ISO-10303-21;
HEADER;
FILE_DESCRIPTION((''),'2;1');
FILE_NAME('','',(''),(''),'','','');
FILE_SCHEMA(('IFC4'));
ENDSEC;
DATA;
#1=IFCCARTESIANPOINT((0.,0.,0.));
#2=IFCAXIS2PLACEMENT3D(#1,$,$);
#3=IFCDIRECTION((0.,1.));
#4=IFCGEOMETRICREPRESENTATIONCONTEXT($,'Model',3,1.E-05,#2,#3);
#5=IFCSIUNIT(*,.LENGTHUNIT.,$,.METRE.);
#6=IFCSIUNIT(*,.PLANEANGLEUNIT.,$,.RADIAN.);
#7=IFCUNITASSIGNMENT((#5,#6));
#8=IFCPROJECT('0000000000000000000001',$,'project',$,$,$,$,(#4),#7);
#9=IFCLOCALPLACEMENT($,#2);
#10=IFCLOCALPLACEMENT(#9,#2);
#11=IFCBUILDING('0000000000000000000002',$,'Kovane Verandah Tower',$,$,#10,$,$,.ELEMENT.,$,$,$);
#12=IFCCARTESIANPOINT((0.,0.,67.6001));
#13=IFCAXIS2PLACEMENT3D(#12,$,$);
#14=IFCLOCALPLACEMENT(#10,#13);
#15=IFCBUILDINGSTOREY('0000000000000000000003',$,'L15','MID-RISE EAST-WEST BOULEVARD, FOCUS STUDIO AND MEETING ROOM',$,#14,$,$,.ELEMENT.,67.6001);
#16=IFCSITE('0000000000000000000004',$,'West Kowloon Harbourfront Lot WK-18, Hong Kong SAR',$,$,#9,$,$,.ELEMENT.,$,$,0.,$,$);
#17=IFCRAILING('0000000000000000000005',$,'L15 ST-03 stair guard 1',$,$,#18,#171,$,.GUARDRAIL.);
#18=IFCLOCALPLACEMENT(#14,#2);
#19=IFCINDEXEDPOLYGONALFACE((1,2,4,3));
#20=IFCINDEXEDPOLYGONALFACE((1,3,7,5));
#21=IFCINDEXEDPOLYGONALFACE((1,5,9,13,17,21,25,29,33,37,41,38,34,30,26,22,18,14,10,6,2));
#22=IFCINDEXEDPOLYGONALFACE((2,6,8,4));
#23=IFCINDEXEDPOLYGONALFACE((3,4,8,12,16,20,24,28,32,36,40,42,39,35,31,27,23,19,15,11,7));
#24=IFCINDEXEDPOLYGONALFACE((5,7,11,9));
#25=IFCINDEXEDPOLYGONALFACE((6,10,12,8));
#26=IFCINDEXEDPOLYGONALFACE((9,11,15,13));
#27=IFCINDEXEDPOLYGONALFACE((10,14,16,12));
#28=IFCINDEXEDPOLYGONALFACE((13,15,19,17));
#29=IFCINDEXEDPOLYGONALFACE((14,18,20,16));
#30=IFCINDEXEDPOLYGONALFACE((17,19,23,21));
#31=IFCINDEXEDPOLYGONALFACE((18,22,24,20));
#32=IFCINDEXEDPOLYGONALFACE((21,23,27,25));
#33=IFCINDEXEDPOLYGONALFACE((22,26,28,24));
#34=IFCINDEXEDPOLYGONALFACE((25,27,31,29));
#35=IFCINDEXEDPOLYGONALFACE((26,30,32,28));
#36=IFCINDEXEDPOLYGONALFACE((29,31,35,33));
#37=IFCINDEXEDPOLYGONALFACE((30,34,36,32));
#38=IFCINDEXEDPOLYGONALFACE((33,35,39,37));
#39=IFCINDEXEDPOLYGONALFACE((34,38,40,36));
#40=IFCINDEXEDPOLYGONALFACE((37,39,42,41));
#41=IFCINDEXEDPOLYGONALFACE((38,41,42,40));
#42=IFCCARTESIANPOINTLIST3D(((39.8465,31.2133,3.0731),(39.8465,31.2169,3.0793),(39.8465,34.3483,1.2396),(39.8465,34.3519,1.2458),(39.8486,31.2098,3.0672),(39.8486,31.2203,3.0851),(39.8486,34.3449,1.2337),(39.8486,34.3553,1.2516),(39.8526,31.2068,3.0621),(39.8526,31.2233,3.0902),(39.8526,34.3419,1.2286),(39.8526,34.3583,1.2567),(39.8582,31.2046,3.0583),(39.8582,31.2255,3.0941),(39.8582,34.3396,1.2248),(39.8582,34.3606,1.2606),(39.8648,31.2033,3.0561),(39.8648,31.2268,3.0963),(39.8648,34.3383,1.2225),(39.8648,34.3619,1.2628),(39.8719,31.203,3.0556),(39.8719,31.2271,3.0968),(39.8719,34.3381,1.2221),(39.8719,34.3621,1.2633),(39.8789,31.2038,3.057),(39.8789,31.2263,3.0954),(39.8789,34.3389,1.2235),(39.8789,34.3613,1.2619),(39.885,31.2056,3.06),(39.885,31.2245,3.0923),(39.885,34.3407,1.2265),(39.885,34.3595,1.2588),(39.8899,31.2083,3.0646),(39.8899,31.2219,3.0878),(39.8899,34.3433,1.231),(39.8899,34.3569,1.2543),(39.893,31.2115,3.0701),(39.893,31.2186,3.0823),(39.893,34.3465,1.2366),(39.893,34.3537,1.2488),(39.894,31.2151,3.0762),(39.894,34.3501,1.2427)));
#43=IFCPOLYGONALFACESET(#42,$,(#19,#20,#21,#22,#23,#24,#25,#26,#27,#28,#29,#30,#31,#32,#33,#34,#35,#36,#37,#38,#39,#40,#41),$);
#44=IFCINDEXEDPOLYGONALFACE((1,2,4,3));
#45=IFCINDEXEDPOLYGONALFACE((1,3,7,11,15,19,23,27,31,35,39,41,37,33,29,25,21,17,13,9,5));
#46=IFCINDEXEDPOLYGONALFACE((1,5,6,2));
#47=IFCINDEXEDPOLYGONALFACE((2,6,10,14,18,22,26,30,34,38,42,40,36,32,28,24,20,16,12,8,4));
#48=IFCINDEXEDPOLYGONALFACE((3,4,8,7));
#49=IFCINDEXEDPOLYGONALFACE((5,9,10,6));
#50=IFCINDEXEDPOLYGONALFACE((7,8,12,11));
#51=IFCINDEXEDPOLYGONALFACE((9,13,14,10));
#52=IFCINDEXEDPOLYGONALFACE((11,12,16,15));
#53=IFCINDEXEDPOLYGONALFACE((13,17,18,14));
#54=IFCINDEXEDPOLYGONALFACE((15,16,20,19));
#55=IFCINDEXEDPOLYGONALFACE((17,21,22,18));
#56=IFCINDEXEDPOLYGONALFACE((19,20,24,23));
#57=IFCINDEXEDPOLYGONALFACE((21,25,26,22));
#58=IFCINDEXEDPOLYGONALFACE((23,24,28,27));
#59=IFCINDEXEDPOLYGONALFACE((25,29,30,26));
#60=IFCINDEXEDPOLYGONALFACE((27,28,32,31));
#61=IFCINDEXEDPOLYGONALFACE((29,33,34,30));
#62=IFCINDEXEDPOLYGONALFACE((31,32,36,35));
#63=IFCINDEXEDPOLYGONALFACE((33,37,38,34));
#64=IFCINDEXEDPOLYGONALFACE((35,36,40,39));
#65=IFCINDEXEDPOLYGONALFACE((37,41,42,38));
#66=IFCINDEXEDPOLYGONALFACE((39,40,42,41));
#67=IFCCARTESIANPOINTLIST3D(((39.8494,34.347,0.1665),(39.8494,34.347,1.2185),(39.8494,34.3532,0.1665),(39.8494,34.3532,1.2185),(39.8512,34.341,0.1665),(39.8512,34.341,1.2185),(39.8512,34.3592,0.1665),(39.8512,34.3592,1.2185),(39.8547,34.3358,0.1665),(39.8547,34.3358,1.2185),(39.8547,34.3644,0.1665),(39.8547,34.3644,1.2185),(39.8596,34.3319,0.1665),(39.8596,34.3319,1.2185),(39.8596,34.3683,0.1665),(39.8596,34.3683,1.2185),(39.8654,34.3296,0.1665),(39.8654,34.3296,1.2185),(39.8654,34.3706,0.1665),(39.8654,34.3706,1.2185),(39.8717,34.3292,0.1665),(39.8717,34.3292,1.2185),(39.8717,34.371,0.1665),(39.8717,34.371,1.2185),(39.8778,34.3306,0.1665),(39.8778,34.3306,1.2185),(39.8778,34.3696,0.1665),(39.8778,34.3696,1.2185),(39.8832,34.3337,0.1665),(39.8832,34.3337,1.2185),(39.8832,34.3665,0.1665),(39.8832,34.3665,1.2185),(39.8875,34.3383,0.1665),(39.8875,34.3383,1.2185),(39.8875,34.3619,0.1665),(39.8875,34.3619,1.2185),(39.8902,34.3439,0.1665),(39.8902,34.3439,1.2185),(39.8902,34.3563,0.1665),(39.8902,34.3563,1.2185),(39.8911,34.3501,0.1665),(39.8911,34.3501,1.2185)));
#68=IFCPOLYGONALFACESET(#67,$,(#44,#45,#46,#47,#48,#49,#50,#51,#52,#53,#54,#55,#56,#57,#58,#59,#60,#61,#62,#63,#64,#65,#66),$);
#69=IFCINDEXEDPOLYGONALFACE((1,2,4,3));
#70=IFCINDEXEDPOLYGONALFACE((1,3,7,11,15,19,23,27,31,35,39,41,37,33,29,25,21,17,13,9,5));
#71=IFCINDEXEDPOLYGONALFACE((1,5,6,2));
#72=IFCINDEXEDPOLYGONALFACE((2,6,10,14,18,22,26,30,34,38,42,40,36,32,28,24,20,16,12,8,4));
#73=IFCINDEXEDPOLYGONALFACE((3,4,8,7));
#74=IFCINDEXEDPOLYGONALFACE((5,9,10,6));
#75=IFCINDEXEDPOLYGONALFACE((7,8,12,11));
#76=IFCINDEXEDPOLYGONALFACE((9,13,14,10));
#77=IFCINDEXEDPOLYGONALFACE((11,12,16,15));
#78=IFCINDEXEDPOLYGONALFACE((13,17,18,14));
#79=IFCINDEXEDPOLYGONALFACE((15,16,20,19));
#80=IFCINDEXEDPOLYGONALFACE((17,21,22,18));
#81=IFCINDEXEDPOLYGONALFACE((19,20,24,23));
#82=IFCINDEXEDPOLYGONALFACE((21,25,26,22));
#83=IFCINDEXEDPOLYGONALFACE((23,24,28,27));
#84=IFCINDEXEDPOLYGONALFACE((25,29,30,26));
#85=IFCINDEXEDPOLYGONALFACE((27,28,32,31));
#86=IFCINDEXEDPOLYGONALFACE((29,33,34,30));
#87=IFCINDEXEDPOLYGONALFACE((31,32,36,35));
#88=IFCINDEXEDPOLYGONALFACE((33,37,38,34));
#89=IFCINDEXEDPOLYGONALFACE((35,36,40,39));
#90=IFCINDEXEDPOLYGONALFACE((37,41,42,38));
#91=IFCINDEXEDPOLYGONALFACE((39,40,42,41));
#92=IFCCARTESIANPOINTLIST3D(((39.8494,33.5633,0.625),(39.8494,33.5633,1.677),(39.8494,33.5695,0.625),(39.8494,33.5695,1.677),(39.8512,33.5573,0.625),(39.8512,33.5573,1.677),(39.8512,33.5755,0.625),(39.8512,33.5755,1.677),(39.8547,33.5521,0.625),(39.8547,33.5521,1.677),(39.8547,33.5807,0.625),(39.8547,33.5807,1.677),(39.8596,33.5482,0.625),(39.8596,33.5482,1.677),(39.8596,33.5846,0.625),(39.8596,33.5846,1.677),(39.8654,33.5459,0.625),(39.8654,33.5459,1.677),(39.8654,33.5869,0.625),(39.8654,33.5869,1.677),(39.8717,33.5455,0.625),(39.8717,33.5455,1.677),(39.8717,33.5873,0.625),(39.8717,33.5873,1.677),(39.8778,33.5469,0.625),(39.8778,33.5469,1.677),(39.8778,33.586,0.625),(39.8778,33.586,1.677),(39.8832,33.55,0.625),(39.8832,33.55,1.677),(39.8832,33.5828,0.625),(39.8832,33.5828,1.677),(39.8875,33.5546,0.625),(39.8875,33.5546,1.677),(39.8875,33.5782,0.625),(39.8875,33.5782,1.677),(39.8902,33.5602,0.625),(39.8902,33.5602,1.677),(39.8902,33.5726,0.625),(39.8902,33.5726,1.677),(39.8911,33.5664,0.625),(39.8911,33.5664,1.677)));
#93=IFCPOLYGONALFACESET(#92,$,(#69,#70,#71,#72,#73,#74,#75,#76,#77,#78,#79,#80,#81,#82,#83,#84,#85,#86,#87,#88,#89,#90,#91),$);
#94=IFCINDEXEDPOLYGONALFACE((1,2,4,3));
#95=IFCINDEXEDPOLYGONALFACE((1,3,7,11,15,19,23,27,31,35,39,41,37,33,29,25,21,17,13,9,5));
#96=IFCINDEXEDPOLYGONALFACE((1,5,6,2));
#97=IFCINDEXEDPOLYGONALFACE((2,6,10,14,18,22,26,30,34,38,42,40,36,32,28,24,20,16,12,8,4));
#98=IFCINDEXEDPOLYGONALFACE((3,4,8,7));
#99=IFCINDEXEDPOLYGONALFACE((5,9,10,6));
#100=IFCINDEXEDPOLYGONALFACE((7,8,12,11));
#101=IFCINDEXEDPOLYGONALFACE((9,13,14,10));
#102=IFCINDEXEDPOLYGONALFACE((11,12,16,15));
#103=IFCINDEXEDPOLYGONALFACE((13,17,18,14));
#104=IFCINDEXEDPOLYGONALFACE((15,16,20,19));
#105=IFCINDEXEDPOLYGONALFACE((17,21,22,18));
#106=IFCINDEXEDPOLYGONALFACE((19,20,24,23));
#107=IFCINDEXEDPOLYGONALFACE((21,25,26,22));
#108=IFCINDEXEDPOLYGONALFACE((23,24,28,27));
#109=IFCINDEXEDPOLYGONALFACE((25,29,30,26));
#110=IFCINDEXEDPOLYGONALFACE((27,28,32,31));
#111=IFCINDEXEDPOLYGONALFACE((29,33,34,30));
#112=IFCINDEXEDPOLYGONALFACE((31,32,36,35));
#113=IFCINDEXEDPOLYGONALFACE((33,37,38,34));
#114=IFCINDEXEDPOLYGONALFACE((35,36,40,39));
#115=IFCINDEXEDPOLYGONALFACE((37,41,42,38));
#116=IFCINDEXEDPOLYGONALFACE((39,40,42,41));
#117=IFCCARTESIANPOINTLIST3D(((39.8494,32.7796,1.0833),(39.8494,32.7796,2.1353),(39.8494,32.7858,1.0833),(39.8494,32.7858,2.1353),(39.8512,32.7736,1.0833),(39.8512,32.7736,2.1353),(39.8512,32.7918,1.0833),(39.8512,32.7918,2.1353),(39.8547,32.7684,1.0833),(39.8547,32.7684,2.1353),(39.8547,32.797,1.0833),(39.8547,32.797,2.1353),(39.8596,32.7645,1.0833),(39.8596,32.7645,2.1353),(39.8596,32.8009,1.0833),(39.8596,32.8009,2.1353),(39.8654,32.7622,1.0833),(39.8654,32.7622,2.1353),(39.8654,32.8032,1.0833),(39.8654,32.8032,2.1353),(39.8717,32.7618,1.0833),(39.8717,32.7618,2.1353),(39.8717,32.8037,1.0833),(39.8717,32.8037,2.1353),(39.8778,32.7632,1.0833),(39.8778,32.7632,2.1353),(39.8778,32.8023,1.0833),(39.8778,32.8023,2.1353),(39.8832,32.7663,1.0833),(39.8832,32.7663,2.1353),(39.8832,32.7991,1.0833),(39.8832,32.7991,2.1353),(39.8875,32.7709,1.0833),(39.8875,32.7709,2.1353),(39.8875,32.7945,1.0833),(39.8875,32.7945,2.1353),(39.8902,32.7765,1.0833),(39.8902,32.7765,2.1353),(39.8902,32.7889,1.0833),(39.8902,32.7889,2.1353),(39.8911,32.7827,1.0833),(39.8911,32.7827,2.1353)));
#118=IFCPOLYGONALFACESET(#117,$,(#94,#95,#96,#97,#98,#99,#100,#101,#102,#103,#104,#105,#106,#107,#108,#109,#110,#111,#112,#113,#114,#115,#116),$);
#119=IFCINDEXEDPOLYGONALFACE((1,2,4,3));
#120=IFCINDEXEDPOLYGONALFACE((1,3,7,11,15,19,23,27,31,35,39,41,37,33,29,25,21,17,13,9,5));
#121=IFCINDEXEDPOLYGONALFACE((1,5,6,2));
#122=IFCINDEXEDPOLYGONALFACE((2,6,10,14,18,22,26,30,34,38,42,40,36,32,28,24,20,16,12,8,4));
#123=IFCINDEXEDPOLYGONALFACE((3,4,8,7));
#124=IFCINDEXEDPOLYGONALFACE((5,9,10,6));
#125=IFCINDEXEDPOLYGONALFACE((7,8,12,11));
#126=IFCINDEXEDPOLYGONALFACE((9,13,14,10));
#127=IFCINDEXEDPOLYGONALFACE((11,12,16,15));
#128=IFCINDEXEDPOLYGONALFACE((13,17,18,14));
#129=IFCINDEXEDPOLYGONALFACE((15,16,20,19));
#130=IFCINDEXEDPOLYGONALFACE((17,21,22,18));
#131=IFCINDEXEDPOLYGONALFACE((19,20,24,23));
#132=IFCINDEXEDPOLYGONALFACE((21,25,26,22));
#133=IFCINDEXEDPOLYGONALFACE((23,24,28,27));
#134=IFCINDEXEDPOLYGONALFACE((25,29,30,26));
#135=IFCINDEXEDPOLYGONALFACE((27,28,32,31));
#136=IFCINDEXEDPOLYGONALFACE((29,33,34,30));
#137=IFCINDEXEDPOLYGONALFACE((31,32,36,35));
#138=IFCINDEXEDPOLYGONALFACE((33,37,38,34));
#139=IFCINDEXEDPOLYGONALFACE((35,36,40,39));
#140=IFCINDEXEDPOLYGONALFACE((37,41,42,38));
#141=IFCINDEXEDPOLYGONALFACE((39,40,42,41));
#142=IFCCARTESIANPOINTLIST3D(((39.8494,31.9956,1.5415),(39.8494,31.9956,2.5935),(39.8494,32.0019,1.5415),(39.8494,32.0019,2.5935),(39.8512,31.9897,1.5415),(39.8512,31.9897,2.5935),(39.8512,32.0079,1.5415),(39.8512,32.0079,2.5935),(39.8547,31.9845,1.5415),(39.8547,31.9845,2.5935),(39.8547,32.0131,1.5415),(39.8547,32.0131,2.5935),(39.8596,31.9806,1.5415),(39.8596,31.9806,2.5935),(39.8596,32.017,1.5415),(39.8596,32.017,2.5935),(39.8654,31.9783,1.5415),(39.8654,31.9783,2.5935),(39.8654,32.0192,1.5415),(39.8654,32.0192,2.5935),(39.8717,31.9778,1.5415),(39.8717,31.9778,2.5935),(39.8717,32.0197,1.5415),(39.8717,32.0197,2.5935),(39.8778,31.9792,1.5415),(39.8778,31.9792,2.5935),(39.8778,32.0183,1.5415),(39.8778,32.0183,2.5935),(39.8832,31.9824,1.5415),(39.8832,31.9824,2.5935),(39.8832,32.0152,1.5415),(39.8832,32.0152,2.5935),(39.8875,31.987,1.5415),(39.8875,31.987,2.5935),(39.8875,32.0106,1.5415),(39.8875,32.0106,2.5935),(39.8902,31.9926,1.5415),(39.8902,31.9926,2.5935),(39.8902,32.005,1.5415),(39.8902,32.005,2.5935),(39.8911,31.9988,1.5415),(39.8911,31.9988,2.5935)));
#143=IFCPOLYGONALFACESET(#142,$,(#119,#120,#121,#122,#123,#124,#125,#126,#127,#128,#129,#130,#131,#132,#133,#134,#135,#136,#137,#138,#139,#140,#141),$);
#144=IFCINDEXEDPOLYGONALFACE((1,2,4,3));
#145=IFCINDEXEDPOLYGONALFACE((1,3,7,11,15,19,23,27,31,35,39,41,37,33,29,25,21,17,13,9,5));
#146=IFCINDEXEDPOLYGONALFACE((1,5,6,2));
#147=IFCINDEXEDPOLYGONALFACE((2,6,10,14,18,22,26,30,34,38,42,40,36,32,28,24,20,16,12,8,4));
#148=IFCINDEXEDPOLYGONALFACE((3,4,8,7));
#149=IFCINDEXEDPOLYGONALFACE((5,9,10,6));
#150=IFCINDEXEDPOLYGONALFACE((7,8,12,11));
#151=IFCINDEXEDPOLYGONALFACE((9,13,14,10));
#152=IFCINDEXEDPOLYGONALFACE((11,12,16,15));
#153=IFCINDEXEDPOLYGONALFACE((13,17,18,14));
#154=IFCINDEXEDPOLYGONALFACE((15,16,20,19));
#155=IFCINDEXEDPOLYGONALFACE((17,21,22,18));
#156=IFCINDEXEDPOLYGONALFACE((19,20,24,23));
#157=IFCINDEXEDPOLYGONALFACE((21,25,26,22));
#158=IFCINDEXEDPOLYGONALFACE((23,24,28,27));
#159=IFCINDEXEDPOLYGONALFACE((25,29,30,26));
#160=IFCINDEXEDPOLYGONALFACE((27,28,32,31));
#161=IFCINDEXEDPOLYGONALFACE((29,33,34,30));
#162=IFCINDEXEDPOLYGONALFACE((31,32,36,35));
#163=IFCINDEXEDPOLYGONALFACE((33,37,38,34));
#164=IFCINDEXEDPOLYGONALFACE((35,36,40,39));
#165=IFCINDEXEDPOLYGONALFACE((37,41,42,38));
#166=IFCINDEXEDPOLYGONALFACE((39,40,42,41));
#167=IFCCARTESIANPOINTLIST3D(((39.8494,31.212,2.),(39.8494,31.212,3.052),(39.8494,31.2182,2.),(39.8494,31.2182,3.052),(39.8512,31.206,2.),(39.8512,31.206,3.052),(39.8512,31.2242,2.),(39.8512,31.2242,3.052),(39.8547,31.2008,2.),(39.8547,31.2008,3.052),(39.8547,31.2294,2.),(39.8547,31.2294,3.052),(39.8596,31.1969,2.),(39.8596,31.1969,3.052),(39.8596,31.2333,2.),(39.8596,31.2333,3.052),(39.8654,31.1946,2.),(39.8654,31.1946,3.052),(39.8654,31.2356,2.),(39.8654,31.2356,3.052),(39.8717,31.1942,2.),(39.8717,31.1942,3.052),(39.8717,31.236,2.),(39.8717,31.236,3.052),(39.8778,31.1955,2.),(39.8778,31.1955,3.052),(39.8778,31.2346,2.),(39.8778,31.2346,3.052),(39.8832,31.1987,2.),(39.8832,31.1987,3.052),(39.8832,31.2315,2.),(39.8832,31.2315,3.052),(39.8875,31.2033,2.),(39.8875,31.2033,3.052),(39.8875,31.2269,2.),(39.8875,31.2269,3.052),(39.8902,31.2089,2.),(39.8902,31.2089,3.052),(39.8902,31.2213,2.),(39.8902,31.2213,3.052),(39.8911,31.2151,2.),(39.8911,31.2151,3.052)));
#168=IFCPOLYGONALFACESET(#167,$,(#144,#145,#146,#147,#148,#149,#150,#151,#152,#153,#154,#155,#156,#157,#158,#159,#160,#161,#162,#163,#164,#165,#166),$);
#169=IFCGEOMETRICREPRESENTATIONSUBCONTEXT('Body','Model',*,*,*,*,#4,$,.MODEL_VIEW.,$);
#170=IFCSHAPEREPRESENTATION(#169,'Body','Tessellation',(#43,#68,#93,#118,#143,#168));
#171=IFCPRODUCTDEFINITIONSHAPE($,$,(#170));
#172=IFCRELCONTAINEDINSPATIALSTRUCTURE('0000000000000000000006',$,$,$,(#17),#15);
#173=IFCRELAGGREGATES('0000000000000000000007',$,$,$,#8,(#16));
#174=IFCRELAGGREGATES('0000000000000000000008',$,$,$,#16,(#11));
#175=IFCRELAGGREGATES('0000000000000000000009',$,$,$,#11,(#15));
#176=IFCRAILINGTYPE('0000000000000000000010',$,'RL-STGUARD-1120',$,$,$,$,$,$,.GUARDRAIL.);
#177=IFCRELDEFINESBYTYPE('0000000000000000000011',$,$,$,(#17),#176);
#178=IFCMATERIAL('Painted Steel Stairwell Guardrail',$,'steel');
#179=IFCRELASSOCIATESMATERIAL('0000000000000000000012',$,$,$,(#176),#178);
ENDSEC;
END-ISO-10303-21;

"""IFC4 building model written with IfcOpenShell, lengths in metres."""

from ifc_helpers import new_model, si_unit, direction, frame, origin, origin_2d, place, context, subcontext, project, spatial, circle, extrude, material, type_object, element, save


model = new_model("IFC4")

# Units and contexts
model_context = context("Model", 3, precision=1e-05, world=origin(), true_north=direction((0.0, 1.0)))
body_context = subcontext(model_context, "Body", "Model", "MODEL_VIEW")
ifc_project = project(units=[si_unit("LENGTHUNIT", "METRE"), si_unit("PLANEANGLEUNIT", "RADIAN")], contexts=[model_context])

# Site, building, storey
site_placement = place(None, origin())
site = spatial("IfcSite", under=ifc_project, at=site_placement, Name="West Kowloon Harbourfront Lot WK-18, Hong Kong SAR", CompositionType="ELEMENT", RefElevation=0.0)
building_placement = place(site_placement, origin())
building = spatial("IfcBuilding", under=site, at=building_placement, Name="Kovane Verandah Tower", CompositionType="ELEMENT")
storey_placement = place(building_placement, frame((0.0, 0.0, 67.6001)))
storey = spatial("IfcBuildingStorey", under=building, at=storey_placement, Name="L15", Description="MID-RISE EAST-WEST BOULEVARD, FOCUS STUDIO AND MEETING ROOM", CompositionType="ELEMENT", Elevation=67.6001)

# Railing
ifc_material_1 = material(Name="Painted Steel Stairwell Guardrail", Category="steel")
railing_type_1 = type_object("IfcRailingType", Name="RL-STGUARD-1120", PredefinedType="GUARDRAIL", material=ifc_material_1)
railing_1_placement = place(storey_placement, frame((39.8701, 34.3501, 0.1665)))
element("IfcRailing", 1, at=railing_1_placement, inside=storey, type_object=railing_type_1, Name="L15 ST-03 stair guard 1", PredefinedType="GUARDRAIL", context=body_context, shape_type="SweptSolid", body=[
    extrude(circle(Radius=0.0239, at=origin_2d()), frame((0.0, 0.0, 1.0762), z_axis=(0.0, -0.86321, 0.504845), x_axis=(1.0, 0.0, 0.0)), (0.0, 0.0, 1.0), 3.6318),
    extrude(circle(Radius=0.021, at=origin_2d()), origin(), (0.0, 0.0, 1.0), 1.052),
    extrude(circle(Radius=0.021, at=origin_2d()), frame((0.0, -0.7837, 0.4585)), (0.0, 0.0, 1.0), 1.052),
    extrude(circle(Radius=0.021, at=origin_2d()), frame((0.0, -1.5674, 0.9167)), (0.0, 0.0, 1.0), 1.052),
    extrude(circle(Radius=0.021, at=origin_2d()), frame((0.0, -2.3513, 1.375)), (0.0, 0.0, 1.0), 1.052),
    extrude(circle(Radius=0.021, at=origin_2d()), frame((0.0, -3.135, 1.8335)), (0.0, 0.0, 1.0), 1.052),
])

save(model, "model.ifc")
